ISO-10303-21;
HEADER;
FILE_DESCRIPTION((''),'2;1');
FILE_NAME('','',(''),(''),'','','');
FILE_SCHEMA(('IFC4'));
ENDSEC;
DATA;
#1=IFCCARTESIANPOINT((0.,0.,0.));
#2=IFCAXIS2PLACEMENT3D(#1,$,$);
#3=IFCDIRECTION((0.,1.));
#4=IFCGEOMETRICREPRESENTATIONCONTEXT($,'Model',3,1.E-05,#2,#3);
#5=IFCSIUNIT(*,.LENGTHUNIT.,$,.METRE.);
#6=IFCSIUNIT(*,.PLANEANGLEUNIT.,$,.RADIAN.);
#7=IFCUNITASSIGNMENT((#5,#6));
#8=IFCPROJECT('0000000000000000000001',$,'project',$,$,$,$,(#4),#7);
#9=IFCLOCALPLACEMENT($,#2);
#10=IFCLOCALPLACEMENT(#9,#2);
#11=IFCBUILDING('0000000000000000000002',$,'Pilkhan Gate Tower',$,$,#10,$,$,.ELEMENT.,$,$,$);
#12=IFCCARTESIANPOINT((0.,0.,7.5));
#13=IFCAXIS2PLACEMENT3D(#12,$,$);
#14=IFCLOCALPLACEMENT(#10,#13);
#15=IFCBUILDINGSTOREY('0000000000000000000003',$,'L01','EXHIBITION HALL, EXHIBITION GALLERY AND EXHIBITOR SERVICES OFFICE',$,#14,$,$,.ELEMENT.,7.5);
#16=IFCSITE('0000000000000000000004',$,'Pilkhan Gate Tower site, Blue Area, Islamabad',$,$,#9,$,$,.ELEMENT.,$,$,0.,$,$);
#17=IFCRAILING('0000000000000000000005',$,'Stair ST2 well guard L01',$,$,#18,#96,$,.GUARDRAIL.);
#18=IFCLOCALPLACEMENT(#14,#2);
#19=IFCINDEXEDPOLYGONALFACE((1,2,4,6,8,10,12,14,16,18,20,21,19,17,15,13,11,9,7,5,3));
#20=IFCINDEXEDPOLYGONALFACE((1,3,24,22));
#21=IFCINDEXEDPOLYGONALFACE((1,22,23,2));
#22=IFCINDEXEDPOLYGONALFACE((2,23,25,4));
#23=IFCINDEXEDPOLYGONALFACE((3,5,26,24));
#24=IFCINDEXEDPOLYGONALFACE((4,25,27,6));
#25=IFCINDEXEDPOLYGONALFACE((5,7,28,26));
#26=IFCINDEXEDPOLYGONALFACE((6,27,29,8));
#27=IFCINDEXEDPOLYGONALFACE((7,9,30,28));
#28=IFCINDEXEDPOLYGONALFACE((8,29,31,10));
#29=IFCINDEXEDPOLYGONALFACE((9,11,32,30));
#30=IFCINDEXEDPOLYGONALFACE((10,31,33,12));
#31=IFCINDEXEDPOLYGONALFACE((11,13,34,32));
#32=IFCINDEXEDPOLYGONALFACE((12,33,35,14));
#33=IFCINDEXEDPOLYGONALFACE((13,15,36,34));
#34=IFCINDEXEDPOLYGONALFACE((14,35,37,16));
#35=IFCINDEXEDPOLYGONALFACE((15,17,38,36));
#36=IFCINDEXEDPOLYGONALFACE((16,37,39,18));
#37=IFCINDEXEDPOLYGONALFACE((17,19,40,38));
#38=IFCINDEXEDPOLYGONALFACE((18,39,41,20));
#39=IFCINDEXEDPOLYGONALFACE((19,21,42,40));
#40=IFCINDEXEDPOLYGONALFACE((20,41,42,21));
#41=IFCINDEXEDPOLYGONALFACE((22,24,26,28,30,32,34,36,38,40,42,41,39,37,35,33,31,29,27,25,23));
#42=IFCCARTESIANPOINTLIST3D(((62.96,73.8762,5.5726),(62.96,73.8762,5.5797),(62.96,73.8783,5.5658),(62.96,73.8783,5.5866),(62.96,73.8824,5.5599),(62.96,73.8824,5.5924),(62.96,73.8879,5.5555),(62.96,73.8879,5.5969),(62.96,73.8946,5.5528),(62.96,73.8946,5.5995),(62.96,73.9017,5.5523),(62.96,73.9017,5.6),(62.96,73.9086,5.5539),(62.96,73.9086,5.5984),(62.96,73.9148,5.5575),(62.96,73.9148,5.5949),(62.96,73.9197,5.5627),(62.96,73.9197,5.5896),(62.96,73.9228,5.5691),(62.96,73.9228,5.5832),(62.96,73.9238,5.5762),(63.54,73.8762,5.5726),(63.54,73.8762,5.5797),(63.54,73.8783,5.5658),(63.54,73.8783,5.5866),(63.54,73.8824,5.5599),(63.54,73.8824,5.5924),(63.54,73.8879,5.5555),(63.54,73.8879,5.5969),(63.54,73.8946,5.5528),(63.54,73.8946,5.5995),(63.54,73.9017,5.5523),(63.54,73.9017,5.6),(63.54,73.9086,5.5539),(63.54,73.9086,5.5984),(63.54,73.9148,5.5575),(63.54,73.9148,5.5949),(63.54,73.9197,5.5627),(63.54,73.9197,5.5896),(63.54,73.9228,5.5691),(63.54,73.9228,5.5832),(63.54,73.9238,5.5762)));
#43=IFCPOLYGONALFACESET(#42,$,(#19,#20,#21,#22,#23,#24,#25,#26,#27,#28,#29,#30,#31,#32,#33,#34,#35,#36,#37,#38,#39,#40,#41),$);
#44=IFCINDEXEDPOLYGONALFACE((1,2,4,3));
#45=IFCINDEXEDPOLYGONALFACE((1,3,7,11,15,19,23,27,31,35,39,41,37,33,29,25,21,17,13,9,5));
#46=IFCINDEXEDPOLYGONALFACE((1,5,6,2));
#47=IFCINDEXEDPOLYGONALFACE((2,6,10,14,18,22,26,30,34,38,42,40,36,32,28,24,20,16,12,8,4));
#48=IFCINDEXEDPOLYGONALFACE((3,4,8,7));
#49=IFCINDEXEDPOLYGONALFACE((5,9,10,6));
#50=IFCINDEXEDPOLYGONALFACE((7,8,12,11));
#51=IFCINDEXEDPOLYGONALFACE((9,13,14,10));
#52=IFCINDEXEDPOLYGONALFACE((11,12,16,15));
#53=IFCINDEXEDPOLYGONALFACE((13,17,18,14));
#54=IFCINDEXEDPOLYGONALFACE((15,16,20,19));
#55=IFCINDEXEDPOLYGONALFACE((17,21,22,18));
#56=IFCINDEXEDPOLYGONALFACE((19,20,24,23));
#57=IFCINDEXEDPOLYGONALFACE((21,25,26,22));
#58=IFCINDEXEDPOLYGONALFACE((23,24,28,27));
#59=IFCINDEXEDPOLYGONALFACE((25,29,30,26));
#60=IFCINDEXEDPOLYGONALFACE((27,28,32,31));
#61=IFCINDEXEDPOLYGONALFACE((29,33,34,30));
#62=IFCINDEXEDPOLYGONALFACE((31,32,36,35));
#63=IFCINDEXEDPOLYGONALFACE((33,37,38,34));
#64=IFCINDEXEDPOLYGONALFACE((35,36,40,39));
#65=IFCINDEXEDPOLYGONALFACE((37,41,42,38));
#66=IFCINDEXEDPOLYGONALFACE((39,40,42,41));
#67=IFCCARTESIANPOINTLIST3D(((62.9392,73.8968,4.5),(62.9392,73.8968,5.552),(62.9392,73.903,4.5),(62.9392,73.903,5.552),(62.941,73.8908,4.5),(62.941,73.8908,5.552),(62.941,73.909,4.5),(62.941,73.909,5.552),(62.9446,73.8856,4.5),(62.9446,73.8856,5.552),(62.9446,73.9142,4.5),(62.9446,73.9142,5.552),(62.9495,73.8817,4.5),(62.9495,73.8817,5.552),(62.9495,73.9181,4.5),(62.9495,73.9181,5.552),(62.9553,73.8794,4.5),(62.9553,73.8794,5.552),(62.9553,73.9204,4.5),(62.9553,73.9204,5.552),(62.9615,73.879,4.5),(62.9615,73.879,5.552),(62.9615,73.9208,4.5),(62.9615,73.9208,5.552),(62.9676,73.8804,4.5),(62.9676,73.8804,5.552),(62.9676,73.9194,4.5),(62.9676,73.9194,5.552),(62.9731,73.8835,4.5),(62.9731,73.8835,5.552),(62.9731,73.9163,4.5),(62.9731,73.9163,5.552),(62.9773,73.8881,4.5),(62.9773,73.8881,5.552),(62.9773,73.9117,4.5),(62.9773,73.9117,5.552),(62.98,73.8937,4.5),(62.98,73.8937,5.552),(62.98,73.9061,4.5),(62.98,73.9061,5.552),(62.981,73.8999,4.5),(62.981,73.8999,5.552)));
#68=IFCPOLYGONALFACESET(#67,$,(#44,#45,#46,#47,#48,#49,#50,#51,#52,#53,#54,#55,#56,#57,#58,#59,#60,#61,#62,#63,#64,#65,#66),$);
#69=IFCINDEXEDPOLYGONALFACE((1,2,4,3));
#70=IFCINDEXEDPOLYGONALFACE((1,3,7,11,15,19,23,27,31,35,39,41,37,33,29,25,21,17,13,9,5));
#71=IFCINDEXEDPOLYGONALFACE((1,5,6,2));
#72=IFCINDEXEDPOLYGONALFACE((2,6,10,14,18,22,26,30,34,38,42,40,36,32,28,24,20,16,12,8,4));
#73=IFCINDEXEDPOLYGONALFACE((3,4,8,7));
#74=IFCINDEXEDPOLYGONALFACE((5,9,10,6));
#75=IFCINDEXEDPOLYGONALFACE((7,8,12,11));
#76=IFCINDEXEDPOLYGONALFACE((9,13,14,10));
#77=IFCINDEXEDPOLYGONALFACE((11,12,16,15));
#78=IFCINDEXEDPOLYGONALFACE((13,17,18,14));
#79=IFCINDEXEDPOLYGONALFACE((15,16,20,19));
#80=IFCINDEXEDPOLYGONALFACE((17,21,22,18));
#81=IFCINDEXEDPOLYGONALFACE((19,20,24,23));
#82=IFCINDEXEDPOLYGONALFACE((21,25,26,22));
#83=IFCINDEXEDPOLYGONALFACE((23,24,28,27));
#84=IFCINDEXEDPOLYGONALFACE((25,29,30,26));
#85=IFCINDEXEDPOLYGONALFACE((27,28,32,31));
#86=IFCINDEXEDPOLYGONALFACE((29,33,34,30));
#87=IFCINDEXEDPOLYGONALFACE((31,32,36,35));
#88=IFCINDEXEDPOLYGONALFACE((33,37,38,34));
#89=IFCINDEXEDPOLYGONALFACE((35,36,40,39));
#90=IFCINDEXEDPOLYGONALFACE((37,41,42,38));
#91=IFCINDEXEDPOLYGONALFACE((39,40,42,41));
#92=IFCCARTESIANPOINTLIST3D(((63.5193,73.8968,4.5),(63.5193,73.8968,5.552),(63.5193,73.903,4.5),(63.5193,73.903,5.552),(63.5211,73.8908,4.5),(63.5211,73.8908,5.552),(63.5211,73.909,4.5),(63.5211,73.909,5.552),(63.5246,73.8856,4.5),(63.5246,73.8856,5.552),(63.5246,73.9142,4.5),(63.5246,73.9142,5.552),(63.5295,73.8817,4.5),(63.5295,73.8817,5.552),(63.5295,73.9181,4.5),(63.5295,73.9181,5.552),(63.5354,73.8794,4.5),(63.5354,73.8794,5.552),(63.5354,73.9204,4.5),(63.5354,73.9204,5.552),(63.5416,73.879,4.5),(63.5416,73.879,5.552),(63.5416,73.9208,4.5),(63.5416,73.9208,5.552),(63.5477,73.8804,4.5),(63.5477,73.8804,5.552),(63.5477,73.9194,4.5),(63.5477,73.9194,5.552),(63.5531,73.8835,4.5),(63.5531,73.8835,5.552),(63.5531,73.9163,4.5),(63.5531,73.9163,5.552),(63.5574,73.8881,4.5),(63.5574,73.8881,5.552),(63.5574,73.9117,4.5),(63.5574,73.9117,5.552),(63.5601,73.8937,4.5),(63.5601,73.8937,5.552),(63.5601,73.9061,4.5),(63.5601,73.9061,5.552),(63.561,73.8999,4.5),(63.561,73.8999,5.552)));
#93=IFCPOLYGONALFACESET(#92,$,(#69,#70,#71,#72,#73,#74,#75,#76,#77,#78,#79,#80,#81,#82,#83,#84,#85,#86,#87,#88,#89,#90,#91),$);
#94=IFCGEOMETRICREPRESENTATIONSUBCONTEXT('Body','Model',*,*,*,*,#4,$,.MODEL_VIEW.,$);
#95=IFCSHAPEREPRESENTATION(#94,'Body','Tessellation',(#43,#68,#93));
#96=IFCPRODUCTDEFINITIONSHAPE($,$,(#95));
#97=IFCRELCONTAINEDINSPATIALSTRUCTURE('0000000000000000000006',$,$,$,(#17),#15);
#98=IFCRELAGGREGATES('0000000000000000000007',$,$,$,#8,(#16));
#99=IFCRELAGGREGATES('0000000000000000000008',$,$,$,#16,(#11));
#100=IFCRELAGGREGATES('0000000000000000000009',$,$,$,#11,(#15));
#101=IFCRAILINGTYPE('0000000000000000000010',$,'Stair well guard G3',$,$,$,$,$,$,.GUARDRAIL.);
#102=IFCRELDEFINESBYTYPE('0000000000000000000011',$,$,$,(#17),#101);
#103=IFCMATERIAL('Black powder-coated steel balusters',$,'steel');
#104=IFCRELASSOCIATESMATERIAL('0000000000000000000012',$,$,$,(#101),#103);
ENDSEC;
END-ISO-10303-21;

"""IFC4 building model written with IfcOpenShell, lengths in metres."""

from ifc_helpers import new_model, si_unit, direction, frame, origin, origin_2d, place, context, subcontext, project, spatial, circle, extrude, material, type_object, element, save


model = new_model("IFC4")

# Units and contexts
model_context = context("Model", 3, precision=1e-05, world=origin(), true_north=direction((0.0, 1.0)))
body_context = subcontext(model_context, "Body", "Model", "MODEL_VIEW")
ifc_project = project(units=[si_unit("LENGTHUNIT", "METRE"), si_unit("PLANEANGLEUNIT", "RADIAN")], contexts=[model_context])

# Site, building, storey
site_placement = place(None, origin())
site = spatial("IfcSite", under=ifc_project, at=site_placement, Name="Pilkhan Gate Tower site, Blue Area, Islamabad", CompositionType="ELEMENT", RefElevation=0.0)
building_placement = place(site_placement, origin())
building = spatial("IfcBuilding", under=site, at=building_placement, Name="Pilkhan Gate Tower", CompositionType="ELEMENT")
storey_placement = place(building_placement, frame((0.0, 0.0, 7.5)))
storey = spatial("IfcBuildingStorey", under=building, at=storey_placement, Name="L01", Description="EXHIBITION HALL, EXHIBITION GALLERY AND EXHIBITOR SERVICES OFFICE", CompositionType="ELEMENT", Elevation=7.5)

# Railing
ifc_material_1 = material(Name="Black powder-coated steel balusters", Category="steel")
railing_type_1 = type_object("IfcRailingType", Name="Stair well guard G3", PredefinedType="GUARDRAIL", material=ifc_material_1)
for number, where, name in (
    (1, (62.96, 73.8999, 4.5), "Stair ST2 well guard L01"),
):
    element("IfcRailing", number, at=place(storey_placement, frame(where)), inside=storey, type_object=railing_type_1, Name=name, PredefinedType="GUARDRAIL", context=body_context, shape_type="SweptSolid", body=[
        extrude(circle(Radius=0.0239, at=origin_2d()), frame((0.0, 0.0, 1.0762), z_axis=(1.0, 0.0, 0.0), x_axis=(0.0, 1.0, 0.0)), (0.0, 0.0, 1.0), 0.5801),
        extrude(circle(Radius=0.021, at=origin_2d()), origin(), (0.0, 0.0, 1.0), 1.052),
        extrude(circle(Radius=0.021, at=origin_2d()), frame((0.5801, 0.0, 0.0)), (0.0, 0.0, 1.0), 1.052),
    ])

save(model, "model.ifc")
